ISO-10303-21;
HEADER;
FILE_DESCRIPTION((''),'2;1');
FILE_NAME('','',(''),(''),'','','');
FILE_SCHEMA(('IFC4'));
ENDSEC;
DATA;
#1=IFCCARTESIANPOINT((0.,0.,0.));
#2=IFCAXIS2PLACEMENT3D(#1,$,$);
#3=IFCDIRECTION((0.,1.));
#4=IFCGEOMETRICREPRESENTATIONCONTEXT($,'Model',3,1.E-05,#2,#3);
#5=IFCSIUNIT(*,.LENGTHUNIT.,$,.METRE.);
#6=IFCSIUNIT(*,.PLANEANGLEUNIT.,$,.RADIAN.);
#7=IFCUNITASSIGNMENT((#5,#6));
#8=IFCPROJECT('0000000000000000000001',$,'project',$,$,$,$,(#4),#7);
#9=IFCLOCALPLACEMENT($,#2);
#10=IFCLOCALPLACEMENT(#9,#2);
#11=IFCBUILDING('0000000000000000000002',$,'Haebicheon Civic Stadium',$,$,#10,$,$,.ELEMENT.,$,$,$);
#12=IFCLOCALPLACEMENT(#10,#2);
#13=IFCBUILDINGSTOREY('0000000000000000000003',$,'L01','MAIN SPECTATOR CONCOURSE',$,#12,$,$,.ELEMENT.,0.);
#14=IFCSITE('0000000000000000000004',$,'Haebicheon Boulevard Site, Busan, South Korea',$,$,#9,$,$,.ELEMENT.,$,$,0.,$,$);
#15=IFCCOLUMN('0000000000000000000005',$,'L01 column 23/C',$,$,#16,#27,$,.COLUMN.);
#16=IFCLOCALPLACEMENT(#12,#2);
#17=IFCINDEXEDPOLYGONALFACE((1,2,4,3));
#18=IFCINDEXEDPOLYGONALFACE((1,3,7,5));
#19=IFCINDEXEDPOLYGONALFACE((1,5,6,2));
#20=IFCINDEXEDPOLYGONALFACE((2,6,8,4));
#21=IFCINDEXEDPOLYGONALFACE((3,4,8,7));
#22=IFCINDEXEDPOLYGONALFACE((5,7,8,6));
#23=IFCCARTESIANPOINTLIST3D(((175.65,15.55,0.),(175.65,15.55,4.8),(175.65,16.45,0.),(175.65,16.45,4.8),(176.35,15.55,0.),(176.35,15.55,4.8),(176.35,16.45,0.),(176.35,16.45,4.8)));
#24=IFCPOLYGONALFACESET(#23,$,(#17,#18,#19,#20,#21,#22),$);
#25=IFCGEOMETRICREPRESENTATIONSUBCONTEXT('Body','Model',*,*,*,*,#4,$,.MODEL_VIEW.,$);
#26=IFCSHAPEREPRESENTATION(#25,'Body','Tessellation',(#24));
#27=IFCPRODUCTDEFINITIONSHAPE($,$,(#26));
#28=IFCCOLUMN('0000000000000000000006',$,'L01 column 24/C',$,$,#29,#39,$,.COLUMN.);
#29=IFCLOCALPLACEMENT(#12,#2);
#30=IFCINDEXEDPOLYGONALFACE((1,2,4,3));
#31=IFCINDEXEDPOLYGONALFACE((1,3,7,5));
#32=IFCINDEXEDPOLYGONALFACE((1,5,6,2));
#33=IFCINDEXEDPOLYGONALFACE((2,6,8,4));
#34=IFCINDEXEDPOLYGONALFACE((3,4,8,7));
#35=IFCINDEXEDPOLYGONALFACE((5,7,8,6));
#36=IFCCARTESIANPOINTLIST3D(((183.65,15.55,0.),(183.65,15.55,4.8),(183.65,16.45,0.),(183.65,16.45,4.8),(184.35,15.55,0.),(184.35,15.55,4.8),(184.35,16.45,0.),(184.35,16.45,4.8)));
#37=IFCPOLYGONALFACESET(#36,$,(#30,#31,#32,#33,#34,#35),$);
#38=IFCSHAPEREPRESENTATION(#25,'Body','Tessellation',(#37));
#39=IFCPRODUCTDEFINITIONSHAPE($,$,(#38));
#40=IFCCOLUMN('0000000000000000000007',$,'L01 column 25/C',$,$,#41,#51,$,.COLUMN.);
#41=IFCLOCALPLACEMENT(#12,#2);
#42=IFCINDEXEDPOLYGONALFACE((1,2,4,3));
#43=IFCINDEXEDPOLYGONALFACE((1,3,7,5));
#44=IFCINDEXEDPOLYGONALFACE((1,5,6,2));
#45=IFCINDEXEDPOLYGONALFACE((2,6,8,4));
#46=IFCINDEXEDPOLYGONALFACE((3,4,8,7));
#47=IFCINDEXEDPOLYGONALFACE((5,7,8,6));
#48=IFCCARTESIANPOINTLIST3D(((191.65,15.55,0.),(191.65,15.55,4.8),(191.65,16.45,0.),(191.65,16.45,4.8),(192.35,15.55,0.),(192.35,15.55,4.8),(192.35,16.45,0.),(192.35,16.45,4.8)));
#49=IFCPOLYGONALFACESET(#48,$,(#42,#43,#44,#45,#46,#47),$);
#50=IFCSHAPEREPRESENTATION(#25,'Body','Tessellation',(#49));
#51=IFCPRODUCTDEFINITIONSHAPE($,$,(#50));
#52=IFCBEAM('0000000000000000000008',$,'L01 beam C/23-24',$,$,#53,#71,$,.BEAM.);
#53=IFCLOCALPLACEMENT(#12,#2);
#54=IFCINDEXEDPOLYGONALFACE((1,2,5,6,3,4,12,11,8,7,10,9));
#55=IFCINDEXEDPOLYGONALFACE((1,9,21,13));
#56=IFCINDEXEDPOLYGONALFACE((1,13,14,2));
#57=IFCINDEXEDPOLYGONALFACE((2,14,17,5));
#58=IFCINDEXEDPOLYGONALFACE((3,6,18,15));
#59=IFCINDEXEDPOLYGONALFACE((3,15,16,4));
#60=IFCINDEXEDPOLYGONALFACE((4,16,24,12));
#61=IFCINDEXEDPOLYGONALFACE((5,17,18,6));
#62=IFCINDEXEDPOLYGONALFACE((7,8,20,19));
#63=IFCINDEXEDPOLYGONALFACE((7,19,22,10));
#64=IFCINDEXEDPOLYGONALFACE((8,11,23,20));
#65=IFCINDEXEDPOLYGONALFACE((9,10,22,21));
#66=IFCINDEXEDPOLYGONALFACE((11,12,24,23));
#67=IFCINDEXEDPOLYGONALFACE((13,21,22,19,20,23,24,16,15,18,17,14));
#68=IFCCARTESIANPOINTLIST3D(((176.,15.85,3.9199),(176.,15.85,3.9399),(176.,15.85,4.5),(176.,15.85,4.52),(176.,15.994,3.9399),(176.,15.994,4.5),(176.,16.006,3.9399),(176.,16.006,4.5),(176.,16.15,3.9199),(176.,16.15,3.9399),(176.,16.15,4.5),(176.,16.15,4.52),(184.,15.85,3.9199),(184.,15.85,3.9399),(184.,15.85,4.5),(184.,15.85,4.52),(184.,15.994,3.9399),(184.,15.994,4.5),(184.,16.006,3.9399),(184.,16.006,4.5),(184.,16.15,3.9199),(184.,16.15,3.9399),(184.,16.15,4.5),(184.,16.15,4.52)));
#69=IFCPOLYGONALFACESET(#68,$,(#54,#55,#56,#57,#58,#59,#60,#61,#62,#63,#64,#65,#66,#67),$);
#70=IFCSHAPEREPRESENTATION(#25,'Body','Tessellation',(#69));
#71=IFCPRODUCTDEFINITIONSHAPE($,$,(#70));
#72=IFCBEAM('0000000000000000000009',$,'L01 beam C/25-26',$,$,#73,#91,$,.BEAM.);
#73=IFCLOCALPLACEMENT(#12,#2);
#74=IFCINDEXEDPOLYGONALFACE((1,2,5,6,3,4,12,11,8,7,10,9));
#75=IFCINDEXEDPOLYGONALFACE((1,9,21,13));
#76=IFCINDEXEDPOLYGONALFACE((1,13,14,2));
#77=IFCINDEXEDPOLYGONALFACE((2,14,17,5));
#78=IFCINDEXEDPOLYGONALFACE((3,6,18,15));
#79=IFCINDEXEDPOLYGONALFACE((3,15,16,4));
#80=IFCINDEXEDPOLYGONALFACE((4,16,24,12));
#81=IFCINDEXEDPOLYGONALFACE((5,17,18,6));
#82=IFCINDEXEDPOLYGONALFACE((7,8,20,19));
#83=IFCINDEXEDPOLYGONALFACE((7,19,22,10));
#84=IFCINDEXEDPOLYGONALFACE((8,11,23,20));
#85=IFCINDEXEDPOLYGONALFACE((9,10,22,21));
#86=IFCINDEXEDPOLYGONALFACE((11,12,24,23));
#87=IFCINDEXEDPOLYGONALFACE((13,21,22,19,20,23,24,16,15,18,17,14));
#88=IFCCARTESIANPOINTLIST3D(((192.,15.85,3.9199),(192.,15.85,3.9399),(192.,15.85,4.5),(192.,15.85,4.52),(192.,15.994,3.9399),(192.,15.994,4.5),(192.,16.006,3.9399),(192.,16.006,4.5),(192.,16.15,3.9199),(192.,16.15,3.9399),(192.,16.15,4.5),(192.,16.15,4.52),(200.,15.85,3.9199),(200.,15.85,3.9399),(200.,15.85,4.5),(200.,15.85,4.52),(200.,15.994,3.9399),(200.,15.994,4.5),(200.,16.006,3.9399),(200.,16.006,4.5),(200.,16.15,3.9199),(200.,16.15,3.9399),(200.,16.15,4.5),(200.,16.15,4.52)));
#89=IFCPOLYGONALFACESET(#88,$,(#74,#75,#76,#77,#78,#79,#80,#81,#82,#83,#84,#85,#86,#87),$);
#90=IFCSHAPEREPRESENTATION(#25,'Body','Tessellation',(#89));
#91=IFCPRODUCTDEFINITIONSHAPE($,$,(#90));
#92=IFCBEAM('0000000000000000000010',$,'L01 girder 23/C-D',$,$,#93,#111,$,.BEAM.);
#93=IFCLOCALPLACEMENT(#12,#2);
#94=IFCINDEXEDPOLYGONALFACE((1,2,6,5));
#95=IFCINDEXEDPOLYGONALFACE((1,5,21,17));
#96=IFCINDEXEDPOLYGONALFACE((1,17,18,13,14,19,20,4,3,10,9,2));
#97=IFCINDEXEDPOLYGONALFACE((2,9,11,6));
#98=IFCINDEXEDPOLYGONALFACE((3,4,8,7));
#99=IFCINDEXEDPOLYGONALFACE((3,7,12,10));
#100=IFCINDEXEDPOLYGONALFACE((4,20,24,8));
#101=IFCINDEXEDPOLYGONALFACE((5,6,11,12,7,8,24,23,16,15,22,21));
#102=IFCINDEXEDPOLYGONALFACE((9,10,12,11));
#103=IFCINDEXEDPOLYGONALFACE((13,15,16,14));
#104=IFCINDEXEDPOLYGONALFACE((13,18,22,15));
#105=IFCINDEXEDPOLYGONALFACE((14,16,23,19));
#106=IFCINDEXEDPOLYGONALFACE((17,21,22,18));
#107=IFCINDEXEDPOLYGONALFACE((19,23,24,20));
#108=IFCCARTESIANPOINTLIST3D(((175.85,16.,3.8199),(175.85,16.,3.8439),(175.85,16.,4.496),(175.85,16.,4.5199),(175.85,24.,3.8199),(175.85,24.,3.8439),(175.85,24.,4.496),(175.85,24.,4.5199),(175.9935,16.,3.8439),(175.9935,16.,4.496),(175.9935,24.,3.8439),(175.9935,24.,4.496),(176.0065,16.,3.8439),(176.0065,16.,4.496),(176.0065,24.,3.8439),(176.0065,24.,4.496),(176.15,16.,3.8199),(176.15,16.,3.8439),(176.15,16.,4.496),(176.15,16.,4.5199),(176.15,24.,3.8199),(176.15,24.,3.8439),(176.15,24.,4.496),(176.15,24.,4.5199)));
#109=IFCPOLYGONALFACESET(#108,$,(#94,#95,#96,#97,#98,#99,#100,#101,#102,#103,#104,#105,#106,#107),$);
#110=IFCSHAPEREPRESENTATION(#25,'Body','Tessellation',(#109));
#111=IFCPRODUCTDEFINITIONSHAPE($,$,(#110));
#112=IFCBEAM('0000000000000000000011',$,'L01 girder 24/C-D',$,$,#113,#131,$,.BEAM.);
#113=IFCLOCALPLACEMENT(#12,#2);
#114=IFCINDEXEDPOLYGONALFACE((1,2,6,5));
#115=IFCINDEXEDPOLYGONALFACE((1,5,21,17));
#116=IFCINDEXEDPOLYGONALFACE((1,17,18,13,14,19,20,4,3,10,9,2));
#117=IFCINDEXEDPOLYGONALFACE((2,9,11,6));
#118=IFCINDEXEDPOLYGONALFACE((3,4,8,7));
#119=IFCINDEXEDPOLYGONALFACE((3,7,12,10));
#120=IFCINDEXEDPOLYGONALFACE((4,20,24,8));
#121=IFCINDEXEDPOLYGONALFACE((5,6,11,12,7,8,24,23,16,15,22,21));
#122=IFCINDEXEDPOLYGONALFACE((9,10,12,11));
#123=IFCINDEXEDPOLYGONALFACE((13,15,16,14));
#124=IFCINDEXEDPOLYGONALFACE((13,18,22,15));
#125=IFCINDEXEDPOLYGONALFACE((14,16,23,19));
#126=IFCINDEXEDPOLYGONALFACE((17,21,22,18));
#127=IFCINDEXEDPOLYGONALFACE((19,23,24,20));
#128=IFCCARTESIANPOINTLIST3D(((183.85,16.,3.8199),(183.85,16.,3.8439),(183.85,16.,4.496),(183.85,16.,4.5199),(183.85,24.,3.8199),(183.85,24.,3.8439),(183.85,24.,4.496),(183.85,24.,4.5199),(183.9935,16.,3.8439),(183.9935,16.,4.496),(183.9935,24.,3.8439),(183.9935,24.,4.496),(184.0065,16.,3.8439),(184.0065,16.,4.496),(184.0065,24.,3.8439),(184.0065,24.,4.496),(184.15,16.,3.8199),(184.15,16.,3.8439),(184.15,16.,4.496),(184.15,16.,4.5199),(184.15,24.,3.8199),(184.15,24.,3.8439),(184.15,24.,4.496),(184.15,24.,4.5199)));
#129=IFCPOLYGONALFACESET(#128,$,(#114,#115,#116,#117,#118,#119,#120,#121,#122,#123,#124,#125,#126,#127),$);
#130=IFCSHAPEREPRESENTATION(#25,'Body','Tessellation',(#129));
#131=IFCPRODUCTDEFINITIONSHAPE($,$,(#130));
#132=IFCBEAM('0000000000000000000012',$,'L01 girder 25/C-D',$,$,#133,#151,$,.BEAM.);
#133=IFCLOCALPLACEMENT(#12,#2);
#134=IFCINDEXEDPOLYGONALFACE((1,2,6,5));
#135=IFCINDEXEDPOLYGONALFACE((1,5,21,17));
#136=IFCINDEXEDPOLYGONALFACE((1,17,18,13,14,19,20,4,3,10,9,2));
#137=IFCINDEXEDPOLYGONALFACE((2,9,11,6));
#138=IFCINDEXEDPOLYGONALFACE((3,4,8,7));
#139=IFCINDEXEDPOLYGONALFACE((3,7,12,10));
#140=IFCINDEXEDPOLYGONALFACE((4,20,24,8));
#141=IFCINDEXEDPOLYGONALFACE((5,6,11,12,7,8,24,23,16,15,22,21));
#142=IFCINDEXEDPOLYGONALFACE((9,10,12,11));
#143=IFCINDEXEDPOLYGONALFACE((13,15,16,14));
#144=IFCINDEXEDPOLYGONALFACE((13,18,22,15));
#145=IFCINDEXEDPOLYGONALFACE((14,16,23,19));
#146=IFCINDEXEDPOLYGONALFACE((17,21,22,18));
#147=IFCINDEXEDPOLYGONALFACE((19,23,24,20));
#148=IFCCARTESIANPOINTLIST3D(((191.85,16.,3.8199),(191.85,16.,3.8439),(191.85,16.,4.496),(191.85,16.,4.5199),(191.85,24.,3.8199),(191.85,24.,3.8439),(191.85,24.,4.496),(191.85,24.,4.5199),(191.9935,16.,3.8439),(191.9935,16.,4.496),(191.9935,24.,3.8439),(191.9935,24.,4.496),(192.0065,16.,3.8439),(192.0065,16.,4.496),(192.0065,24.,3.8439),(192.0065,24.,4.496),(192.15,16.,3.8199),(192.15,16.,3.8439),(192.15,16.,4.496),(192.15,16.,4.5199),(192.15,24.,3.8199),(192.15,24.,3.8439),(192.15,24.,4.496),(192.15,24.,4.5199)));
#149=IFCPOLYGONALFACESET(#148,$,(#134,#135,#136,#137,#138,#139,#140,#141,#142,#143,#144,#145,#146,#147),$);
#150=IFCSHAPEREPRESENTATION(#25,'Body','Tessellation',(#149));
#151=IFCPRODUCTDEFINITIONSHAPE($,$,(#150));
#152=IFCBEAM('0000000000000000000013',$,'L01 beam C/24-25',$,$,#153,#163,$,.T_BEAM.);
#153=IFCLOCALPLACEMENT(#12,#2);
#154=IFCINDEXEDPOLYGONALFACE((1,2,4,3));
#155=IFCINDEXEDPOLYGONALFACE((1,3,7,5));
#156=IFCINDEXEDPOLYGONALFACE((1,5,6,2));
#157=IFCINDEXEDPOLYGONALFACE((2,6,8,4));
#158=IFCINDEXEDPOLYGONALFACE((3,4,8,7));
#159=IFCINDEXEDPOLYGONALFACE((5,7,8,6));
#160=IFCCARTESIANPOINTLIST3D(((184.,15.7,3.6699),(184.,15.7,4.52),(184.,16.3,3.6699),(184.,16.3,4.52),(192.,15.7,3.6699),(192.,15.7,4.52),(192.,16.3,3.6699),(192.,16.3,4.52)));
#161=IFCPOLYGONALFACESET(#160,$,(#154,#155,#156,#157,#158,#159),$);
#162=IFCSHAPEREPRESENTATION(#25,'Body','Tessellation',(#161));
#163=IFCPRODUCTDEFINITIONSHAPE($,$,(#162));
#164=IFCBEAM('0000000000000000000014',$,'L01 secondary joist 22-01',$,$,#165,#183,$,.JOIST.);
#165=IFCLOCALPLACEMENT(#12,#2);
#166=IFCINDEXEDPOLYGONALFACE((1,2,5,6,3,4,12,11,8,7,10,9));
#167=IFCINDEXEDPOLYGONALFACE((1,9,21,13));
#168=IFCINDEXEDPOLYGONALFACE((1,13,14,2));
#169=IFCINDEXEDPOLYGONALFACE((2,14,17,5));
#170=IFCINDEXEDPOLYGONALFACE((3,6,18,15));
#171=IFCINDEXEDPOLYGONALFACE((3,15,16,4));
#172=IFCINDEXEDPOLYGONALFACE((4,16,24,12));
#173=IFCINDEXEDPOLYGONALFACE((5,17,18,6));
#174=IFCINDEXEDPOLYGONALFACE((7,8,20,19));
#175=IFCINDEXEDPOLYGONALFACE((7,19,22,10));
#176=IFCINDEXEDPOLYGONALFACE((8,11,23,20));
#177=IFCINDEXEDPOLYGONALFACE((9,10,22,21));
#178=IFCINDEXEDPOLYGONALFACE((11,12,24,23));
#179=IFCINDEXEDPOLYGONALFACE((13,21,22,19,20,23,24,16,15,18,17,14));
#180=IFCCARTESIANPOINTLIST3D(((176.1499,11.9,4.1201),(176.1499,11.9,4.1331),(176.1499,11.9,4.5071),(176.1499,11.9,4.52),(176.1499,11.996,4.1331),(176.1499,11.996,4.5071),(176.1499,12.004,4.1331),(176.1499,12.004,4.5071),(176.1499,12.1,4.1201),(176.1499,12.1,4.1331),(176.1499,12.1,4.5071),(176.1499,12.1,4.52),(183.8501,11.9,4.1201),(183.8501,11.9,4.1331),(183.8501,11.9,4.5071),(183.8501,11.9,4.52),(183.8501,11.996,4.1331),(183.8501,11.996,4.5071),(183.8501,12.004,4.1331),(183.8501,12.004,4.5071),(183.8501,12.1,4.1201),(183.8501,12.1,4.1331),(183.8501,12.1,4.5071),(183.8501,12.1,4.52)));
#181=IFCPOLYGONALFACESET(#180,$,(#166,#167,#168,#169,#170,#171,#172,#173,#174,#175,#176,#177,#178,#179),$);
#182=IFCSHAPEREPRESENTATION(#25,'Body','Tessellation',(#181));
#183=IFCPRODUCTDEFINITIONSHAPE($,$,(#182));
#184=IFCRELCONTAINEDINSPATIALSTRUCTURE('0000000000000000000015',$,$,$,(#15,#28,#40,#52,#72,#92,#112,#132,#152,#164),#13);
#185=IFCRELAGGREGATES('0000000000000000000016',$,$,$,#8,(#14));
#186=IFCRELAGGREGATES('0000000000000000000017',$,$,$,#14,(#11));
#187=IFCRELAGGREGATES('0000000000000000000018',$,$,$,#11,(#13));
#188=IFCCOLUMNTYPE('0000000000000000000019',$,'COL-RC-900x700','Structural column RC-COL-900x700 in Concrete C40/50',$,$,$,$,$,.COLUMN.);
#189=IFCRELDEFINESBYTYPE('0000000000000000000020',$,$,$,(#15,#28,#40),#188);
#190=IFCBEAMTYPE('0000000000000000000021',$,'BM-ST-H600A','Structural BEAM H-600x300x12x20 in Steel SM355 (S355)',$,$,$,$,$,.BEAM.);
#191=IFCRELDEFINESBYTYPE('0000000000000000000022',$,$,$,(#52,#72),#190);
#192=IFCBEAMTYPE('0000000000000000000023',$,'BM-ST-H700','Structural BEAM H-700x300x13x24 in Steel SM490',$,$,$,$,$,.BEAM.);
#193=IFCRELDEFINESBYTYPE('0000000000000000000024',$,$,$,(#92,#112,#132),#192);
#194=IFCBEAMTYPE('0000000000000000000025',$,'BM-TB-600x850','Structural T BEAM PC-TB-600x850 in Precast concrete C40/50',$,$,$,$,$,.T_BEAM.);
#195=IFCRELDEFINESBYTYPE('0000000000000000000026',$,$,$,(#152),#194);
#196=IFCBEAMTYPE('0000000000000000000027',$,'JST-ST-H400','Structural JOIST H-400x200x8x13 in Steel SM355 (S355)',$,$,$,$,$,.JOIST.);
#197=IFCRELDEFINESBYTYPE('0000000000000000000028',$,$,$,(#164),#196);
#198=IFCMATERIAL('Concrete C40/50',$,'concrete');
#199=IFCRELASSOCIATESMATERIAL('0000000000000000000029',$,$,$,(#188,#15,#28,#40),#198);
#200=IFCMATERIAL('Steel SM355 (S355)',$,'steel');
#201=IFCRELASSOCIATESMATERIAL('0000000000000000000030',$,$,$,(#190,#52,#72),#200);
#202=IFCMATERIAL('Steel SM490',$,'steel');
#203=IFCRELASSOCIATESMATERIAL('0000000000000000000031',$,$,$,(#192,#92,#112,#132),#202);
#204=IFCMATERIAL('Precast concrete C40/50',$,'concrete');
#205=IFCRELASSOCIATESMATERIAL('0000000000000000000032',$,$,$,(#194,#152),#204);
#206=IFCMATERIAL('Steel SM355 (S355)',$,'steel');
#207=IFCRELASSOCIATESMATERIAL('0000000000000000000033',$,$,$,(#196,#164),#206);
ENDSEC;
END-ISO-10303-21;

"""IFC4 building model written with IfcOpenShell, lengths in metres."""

from ifc_helpers import new_model, si_unit, direction, frame, origin, origin_2d, place, context, subcontext, project, spatial, rectangle, i_section, extrude, material, material_profile, profile_set, type_object, element, save


model = new_model("IFC4")

# Units and contexts
model_context = context("Model", 3, precision=1e-05, world=origin(), true_north=direction((0.0, 1.0)))
body_context = subcontext(model_context, "Body", "Model", "MODEL_VIEW")
ifc_project = project(units=[si_unit("LENGTHUNIT", "METRE"), si_unit("PLANEANGLEUNIT", "RADIAN")], contexts=[model_context])

# Site, building, storey
site_placement = place(None, origin())
site = spatial("IfcSite", under=ifc_project, at=site_placement, Name="Haebicheon Boulevard Site, Busan, South Korea", CompositionType="ELEMENT", RefElevation=0.0)
building_placement = place(site_placement, origin())
building = spatial("IfcBuilding", under=site, at=building_placement, Name="Haebicheon Civic Stadium", CompositionType="ELEMENT")
storey_placement = place(building_placement, origin())
storey = spatial("IfcBuildingStorey", under=building, at=storey_placement, Name="L01", Description="MAIN SPECTATOR CONCOURSE", CompositionType="ELEMENT", Elevation=0.0)

# Columns
ifc_material_1 = material(Name="Concrete C40/50", Category="concrete")
ifc_material_profile_1 = material_profile(ifc_material_1, rectangle(XDim=0.7, YDim=0.8999, at=origin_2d()), Name="RC-COL-900x700")
ifc_profile_set_1 = profile_set([ifc_material_profile_1], Name="Concrete C40/50")
column_type = type_object("IfcColumnType", Name="COL-RC-900x700", Description="Structural column RC-COL-900x700 in Concrete C40/50", PredefinedType="COLUMN", material=ifc_profile_set_1)
for number, where, z_axis, x_axis, name in (
    (1, (176.0, 16.0, 0.0), (0.0, 0.0, 1.0), (1.0, 0.0, 0.0), "L01 column 23/C"),
    (2, (184.0, 16.0, 0.0), (0.0, 0.0, 1.0), (1.0, 0.0, 0.0), "L01 column 24/C"),
    (3, (192.0, 16.0, 0.0), (0.0, 0.0, 1.0), (1.0, 0.0, 0.0), "L01 column 25/C"),
):
    element("IfcColumn", number, at=place(storey_placement, frame(where, z_axis=z_axis, x_axis=x_axis)), inside=storey, type_object=column_type, material=ifc_profile_set_1, Name=name, PredefinedType="COLUMN", context=body_context, shape_type="SweptSolid", body=[
        extrude(rectangle(XDim=0.7, YDim=0.8999, at=origin_2d()), origin(), (0.0, 0.0, 1.0), 4.8),
    ])

# Beams
ifc_material_2 = material(Name="Steel SM355 (S355)", Category="steel")
ifc_material_profile_2 = material_profile(ifc_material_2, i_section(OverallWidth=0.3, OverallDepth=0.6001, WebThickness=0.012, FlangeThickness=0.02, at=origin_2d()), Name="H-600x300x12x20")
ifc_profile_set_2 = profile_set([ifc_material_profile_2], Name="Steel SM355 (S355)")
beam_type_1 = type_object("IfcBeamType", Name="BM-ST-H600A", Description="Structural BEAM H-600x300x12x20 in Steel SM355 (S355)", PredefinedType="BEAM", material=ifc_profile_set_2)
for number, where, z_axis, x_axis, name in (
    (4, (176.0, 16.0, 4.22), (1.0, 0.0, 0.0), (0.0, 1.0, 0.0), "L01 beam C/23-24"),
    (5, (192.0, 16.0, 4.22), (1.0, 0.0, 0.0), (0.0, 1.0, 0.0), "L01 beam C/25-26"),
):
    element("IfcBeam", number, at=place(storey_placement, frame(where, z_axis=z_axis, x_axis=x_axis)), inside=storey, type_object=beam_type_1, material=ifc_profile_set_2, Name=name, PredefinedType="BEAM", context=body_context, shape_type="SweptSolid", body=[
        extrude(i_section(OverallWidth=0.3, OverallDepth=0.6001, WebThickness=0.012, FlangeThickness=0.02, at=origin_2d()), origin(), (0.0, 0.0, 1.0), 8.0),
    ])
ifc_material_3 = material(Name="Steel SM490", Category="steel")
ifc_material_profile_3 = material_profile(ifc_material_3, i_section(OverallWidth=0.3, OverallDepth=0.7, WebThickness=0.0129, FlangeThickness=0.0239, at=origin_2d()), Name="H-700x300x13x24")
ifc_profile_set_3 = profile_set([ifc_material_profile_3], Name="Steel SM490")
beam_type_2 = type_object("IfcBeamType", Name="BM-ST-H700", Description="Structural BEAM H-700x300x13x24 in Steel SM490", PredefinedType="BEAM", material=ifc_profile_set_3)
for number, where, z_axis, x_axis, name in (
    (6, (176.0, 16.0, 4.1699), (0.0, 1.0, 0.0), (-1.0, 0.0, 0.0), "L01 girder 23/C-D"),
    (7, (184.0, 16.0, 4.1699), (0.0, 1.0, 0.0), (-1.0, 0.0, 0.0), "L01 girder 24/C-D"),
    (8, (192.0, 16.0, 4.1699), (0.0, 1.0, 0.0), (-1.0, 0.0, 0.0), "L01 girder 25/C-D"),
):
    element("IfcBeam", number, at=place(storey_placement, frame(where, z_axis=z_axis, x_axis=x_axis)), inside=storey, type_object=beam_type_2, material=ifc_profile_set_3, Name=name, PredefinedType="BEAM", context=body_context, shape_type="SweptSolid", body=[
        extrude(i_section(OverallWidth=0.3, OverallDepth=0.7, WebThickness=0.0129, FlangeThickness=0.0239, at=origin_2d()), origin(), (0.0, 0.0, 1.0), 8.0),
    ])
ifc_material_4 = material(Name="Precast concrete C40/50", Category="concrete")
ifc_material_profile_4 = material_profile(ifc_material_4, rectangle(XDim=0.6001, YDim=0.8501, at=origin_2d()), Name="PC-TB-600x850")
ifc_profile_set_4 = profile_set([ifc_material_profile_4], Name="Precast concrete C40/50")
beam_type_3 = type_object("IfcBeamType", Name="BM-TB-600x850", Description="Structural T BEAM PC-TB-600x850 in Precast concrete C40/50", PredefinedType="T_BEAM", material=ifc_profile_set_4)
beam_placement = place(storey_placement, frame((184.0, 16.0, 4.095), z_axis=(1.0, 0.0, 0.0), x_axis=(0.0, 1.0, 0.0)))
element("IfcBeam", 9, at=beam_placement, inside=storey, type_object=beam_type_3, material=ifc_profile_set_4, Name="L01 beam C/24-25", PredefinedType="T_BEAM", context=body_context, shape_type="SweptSolid", body=[
    extrude(rectangle(XDim=0.6001, YDim=0.8501, at=origin_2d()), origin(), (0.0, 0.0, 1.0), 8.0),
])
ifc_material_5 = material(Name="Steel SM355 (S355)", Category="steel")
ifc_material_profile_5 = material_profile(ifc_material_5, i_section(OverallWidth=0.2, OverallDepth=0.3999, WebThickness=0.0081, FlangeThickness=0.0129, at=origin_2d()), Name="H-400x200x8x13")
ifc_profile_set_5 = profile_set([ifc_material_profile_5], Name="Steel SM355 (S355)")
beam_type_4 = type_object("IfcBeamType", Name="JST-ST-H400", Description="Structural JOIST H-400x200x8x13 in Steel SM355 (S355)", PredefinedType="JOIST", material=ifc_profile_set_5)
for number, where, z_axis, x_axis, name in (
    (10, (176.1499, 12.0, 4.3201), (1.0, 0.0, 0.0), (0.0, 1.0, 0.0), "L01 secondary joist 22-01"),
):
    element("IfcBeam", number, at=place(storey_placement, frame(where, z_axis=z_axis, x_axis=x_axis)), inside=storey, type_object=beam_type_4, material=ifc_profile_set_5, Name=name, PredefinedType="JOIST", context=body_context, shape_type="SweptSolid", body=[
        extrude(i_section(OverallWidth=0.2, OverallDepth=0.3999, WebThickness=0.0081, FlangeThickness=0.0129, at=origin_2d()), origin(), (0.0, 0.0, 1.0), 7.7002),
    ])

save(model, "model.ifc")
